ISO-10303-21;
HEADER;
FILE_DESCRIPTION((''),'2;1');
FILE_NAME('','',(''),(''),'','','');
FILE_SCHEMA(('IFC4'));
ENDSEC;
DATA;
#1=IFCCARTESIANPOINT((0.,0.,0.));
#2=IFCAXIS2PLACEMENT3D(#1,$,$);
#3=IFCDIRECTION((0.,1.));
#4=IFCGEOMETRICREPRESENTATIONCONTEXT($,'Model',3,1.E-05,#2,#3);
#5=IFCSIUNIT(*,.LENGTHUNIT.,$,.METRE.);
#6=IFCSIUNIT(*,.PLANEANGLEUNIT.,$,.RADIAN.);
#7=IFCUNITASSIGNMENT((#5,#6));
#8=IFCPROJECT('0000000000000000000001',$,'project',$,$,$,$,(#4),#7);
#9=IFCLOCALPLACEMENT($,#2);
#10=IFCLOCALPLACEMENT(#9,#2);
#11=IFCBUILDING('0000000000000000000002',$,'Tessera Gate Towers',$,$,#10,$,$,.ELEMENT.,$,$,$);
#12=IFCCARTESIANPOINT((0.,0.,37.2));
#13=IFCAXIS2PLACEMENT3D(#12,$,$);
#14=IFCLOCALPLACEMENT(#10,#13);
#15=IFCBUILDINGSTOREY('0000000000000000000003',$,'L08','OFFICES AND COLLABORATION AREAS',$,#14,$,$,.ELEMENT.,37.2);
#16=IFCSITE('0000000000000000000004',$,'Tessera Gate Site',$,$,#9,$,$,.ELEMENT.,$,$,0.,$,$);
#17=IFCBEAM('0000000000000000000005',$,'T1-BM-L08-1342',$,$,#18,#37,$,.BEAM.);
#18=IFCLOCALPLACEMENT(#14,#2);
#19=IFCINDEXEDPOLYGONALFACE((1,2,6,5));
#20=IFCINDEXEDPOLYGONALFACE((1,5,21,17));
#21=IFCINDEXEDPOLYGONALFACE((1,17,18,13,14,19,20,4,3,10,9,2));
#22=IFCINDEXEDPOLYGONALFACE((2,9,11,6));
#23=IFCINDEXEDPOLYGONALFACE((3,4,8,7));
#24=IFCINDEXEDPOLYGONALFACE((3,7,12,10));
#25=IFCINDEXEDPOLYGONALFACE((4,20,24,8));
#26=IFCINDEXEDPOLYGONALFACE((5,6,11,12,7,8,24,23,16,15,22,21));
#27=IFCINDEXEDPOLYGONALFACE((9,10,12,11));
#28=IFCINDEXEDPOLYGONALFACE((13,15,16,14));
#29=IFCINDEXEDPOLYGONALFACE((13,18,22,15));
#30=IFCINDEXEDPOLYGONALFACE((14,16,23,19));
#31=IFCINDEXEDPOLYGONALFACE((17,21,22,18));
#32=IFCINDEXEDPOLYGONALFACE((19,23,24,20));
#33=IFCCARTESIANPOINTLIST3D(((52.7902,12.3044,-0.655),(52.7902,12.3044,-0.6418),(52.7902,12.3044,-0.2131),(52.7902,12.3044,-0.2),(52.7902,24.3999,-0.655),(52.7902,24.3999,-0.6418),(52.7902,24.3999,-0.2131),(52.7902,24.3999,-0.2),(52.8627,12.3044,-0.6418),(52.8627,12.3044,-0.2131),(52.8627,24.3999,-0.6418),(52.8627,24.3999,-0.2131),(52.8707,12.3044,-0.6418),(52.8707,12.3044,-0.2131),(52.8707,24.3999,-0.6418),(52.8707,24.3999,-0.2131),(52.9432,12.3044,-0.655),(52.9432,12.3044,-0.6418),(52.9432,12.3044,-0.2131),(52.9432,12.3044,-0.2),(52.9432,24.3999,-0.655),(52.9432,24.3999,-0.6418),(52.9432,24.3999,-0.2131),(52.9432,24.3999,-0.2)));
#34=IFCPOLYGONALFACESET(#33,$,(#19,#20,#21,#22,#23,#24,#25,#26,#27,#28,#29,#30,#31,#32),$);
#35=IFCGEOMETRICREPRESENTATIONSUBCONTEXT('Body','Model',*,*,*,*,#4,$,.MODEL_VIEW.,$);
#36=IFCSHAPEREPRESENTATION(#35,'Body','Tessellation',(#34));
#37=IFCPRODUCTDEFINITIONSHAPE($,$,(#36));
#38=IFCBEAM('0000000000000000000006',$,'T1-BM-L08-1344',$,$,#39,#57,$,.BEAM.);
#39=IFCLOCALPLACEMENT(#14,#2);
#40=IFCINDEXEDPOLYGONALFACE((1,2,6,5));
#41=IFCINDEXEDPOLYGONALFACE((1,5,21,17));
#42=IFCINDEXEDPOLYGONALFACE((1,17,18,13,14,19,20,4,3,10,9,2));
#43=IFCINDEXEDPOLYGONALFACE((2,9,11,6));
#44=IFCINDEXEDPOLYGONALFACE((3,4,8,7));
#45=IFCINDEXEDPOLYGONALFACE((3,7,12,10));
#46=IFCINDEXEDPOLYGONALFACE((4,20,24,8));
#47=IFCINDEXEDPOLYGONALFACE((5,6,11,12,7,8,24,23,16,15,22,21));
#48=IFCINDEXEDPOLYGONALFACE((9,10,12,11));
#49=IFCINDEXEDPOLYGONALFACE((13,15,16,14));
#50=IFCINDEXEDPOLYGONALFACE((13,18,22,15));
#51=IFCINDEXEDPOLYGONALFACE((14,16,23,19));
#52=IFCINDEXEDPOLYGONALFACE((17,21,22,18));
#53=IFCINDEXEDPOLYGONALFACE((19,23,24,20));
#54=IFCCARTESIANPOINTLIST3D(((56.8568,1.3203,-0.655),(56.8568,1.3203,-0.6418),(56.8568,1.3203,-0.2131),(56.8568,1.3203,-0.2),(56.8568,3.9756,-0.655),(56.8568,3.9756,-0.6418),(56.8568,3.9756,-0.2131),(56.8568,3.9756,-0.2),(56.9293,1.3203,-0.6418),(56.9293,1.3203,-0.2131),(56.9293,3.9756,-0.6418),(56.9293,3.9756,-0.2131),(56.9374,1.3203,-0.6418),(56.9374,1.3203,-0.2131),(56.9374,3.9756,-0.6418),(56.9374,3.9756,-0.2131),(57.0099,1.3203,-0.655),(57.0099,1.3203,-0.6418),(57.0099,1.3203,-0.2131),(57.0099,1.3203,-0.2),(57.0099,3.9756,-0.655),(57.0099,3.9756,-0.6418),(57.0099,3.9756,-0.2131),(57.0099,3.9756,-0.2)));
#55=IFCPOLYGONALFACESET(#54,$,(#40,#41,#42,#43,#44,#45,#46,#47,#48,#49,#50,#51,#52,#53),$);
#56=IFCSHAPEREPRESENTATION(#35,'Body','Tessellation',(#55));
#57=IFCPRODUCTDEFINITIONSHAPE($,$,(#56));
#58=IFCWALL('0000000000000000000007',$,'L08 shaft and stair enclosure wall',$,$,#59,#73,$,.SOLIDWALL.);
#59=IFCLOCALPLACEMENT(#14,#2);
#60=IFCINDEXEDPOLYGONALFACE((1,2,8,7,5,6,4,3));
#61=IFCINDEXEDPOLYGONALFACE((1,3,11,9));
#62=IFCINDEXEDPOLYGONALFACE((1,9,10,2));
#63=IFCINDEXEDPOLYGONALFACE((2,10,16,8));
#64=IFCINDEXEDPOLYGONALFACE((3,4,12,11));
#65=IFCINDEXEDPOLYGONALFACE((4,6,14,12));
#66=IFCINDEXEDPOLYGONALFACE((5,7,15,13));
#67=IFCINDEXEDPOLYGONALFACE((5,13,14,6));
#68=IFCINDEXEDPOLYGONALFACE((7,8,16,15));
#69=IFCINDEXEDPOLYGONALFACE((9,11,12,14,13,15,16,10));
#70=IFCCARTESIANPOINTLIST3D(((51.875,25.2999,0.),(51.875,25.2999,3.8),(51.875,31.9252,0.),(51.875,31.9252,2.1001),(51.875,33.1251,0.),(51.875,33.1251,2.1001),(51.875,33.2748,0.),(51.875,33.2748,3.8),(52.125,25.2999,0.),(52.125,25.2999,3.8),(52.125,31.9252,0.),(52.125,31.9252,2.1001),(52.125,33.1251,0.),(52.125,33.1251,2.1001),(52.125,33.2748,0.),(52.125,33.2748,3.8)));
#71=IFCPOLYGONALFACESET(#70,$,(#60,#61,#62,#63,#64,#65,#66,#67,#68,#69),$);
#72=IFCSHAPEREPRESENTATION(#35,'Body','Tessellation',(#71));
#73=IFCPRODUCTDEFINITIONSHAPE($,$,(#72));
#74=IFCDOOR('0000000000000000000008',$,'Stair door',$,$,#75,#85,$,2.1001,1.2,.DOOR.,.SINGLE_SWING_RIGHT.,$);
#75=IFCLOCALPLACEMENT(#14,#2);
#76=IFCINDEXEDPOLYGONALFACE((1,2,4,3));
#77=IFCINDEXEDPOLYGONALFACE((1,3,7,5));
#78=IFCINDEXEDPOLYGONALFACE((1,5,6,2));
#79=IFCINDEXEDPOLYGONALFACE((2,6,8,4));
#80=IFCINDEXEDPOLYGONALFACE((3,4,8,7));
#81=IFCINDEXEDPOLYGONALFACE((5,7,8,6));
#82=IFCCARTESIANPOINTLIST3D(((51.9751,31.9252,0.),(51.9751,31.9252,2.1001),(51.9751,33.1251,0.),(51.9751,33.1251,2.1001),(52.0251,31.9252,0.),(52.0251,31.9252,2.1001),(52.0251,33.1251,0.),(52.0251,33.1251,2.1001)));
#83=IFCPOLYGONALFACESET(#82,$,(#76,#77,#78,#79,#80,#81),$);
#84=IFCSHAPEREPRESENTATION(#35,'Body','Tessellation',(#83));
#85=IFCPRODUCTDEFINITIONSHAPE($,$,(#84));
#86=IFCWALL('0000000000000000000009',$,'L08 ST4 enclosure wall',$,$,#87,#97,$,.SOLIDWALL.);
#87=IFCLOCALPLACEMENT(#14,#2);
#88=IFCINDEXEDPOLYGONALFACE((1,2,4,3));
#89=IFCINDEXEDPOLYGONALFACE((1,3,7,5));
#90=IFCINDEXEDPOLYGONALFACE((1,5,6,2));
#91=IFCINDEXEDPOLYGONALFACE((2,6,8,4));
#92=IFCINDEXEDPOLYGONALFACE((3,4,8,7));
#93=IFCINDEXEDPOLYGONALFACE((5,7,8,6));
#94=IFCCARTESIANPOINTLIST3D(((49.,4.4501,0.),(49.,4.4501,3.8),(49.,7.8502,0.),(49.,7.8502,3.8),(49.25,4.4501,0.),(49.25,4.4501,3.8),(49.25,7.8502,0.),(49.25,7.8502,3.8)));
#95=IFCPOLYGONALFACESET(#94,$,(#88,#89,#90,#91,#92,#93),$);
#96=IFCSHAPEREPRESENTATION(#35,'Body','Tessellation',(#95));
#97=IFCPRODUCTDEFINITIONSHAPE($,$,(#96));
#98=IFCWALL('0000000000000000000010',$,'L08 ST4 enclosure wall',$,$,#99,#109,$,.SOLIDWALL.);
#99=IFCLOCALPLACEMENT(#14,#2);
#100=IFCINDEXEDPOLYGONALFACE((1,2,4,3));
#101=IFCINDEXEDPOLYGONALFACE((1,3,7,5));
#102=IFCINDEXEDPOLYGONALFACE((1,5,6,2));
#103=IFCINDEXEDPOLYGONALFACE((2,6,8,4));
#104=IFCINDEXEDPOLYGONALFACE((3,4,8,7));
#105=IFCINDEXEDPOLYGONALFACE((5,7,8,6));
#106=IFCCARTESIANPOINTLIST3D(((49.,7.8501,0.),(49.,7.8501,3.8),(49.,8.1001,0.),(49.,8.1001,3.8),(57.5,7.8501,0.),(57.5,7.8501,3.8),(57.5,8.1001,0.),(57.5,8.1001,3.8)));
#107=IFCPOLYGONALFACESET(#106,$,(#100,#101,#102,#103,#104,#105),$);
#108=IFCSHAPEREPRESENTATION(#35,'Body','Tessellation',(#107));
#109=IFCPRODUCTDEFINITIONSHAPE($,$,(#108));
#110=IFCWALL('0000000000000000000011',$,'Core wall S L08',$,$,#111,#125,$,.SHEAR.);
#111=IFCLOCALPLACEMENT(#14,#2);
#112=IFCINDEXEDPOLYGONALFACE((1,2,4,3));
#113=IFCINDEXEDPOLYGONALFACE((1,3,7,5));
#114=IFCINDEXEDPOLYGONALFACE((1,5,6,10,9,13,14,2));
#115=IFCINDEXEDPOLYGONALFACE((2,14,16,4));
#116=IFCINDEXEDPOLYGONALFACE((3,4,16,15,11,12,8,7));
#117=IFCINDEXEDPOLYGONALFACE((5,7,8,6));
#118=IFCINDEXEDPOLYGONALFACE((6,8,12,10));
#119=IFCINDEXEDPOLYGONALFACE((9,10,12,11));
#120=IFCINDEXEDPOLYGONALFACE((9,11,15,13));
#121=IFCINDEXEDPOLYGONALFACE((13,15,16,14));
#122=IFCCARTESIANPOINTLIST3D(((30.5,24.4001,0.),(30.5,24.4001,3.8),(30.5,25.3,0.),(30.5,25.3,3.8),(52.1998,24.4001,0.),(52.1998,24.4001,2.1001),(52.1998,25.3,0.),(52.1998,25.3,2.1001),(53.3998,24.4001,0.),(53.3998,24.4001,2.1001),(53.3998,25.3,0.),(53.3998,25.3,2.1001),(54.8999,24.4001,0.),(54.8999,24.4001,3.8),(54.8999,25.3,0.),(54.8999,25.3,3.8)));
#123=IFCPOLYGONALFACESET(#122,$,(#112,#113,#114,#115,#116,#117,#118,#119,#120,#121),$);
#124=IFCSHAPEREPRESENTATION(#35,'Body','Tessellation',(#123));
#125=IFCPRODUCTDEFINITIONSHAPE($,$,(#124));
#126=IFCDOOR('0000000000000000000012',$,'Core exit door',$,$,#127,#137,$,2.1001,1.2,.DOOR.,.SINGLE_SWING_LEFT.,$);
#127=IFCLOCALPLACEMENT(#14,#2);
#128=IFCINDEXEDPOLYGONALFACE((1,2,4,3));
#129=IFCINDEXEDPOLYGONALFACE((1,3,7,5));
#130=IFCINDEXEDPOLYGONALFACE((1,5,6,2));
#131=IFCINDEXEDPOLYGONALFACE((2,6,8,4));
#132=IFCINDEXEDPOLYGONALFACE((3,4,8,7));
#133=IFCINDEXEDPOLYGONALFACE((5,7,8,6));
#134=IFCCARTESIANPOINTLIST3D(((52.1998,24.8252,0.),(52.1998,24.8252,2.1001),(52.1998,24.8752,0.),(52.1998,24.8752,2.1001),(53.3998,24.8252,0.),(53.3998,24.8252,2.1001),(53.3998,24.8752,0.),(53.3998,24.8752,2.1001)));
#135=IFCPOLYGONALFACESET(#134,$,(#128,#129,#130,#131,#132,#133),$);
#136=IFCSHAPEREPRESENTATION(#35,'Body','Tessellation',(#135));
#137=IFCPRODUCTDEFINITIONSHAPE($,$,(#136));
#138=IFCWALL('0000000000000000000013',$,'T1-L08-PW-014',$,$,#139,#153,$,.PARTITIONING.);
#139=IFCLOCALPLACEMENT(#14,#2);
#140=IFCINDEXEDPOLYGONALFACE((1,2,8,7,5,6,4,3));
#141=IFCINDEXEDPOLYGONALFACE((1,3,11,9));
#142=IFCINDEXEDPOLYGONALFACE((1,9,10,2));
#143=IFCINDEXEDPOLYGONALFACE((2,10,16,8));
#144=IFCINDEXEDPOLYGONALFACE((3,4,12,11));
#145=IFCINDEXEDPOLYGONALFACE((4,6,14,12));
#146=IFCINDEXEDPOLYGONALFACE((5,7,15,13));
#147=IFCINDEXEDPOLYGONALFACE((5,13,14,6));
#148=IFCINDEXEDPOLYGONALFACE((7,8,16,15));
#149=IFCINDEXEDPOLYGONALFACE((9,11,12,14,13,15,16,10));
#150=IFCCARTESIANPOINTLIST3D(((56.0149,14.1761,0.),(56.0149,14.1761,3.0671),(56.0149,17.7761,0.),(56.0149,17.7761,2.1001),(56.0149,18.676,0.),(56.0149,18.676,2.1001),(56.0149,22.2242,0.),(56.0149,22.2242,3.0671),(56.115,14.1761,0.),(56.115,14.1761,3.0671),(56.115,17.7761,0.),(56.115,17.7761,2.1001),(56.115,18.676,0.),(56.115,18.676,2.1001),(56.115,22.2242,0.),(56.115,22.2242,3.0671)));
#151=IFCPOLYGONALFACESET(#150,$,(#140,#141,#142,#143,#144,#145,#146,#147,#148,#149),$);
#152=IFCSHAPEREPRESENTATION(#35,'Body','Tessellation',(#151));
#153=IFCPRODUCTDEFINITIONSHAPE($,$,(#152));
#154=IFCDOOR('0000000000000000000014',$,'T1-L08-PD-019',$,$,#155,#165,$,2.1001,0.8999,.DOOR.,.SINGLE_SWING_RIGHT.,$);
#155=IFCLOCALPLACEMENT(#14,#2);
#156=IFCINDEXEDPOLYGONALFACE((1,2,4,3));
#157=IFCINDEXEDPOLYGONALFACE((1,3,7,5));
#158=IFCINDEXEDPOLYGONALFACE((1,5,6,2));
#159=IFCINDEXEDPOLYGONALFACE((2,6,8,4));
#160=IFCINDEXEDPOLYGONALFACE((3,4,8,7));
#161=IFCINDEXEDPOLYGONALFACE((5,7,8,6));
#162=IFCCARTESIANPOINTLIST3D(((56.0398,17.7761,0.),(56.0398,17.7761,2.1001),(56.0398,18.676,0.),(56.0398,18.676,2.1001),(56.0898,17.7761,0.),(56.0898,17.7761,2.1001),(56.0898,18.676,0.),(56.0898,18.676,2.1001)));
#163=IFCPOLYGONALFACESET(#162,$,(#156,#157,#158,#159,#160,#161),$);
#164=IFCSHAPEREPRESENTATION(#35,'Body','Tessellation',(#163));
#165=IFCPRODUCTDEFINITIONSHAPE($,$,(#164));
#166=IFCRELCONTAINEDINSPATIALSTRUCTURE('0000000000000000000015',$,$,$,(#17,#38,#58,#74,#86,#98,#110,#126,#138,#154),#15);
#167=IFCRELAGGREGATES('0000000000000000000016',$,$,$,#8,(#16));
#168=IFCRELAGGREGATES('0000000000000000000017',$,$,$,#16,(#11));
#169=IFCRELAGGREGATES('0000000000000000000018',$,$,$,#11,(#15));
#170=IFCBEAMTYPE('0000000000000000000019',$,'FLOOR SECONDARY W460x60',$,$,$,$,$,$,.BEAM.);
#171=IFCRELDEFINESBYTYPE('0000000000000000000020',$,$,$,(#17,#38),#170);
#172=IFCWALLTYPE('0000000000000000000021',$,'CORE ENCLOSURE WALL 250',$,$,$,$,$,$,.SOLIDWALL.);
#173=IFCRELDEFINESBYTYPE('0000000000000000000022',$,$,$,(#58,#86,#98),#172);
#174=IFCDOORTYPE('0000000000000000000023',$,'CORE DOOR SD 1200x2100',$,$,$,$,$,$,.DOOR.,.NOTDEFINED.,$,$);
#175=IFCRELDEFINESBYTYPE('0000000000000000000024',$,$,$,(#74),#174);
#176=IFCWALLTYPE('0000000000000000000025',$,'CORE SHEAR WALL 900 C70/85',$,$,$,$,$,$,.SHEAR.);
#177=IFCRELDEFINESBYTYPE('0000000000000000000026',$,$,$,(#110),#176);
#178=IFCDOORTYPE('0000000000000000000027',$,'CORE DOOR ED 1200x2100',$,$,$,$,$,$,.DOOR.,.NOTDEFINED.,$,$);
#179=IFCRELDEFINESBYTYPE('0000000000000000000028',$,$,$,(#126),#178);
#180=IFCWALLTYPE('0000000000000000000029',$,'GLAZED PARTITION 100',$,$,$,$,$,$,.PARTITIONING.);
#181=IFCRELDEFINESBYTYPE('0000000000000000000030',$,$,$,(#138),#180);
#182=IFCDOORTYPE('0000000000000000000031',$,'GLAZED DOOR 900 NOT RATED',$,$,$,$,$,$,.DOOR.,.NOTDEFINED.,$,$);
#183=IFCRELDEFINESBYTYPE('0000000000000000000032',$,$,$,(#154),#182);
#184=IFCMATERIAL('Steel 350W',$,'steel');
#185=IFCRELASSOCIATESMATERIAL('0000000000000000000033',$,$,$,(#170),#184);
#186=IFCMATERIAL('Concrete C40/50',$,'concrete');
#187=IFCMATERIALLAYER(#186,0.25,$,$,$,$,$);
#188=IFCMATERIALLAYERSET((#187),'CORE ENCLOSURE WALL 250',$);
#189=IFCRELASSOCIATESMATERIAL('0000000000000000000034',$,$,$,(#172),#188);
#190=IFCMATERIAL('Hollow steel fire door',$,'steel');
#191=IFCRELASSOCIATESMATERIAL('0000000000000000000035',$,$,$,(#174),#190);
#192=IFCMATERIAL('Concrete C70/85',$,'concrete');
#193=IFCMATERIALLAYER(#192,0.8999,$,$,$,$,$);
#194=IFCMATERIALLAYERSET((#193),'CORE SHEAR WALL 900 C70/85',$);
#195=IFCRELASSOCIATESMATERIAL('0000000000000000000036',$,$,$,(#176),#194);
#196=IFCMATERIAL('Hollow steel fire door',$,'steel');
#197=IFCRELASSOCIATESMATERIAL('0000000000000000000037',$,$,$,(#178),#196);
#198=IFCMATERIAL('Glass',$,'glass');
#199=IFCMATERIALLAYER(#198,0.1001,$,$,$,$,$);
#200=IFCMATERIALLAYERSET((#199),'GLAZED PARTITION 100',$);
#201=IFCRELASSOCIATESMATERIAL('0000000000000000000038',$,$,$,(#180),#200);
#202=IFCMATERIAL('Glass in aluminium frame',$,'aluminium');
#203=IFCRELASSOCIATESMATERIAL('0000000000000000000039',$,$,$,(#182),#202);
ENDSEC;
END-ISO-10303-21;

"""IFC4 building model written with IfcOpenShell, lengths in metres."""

from ifc_helpers import new_model, si_unit, direction, frame, frame_2d, origin, origin_2d, place, context, subcontext, project, spatial, rectangle, i_section, extrude, source, transform, mapped, material, layer, layer_set, material_profile, profile_set, type_object, element, fill, save


model = new_model("IFC4")

# Units and contexts
model_context = context("Model", 3, precision=1e-05, world=origin(), true_north=direction((0.0, 1.0)))
body_context = subcontext(model_context, "Body", "Model", "MODEL_VIEW")
ifc_project = project(units=[si_unit("LENGTHUNIT", "METRE"), si_unit("PLANEANGLEUNIT", "RADIAN")], contexts=[model_context])

# Site, building, storey
site_placement = place(None, origin())
site = spatial("IfcSite", under=ifc_project, at=site_placement, Name="Tessera Gate Site", CompositionType="ELEMENT", RefElevation=0.0)
building_placement = place(site_placement, origin())
building = spatial("IfcBuilding", under=site, at=building_placement, Name="Tessera Gate Towers", CompositionType="ELEMENT")
storey_placement = place(building_placement, frame((0.0, 0.0, 37.2)))
storey = spatial("IfcBuildingStorey", under=building, at=storey_placement, Name="L08", Description="OFFICES AND COLLABORATION AREAS", CompositionType="ELEMENT", Elevation=37.2)

# Beams
ifc_material_1 = material(Name="Steel 350W", Category="steel")
ifc_material_profile_1 = material_profile(ifc_material_1, i_section(OverallWidth=0.1531, OverallDepth=0.4551, WebThickness=0.0081, FlangeThickness=0.0132, at=origin_2d()), Name="W460x60")
ifc_profile_set_1 = profile_set([ifc_material_profile_1], Name="Steel 350W")
beam_type_1 = type_object("IfcBeamType", Name="FLOOR SECONDARY W460x60", PredefinedType="BEAM", material=ifc_profile_set_1)
beam_1_placement = place(storey_placement, frame((52.8667, 12.3044, -0.4275), z_axis=(0.0, 1.0, 0.0), x_axis=(-1.0, 0.0, 0.0)))
element("IfcBeam", 1, at=beam_1_placement, inside=storey, type_object=beam_type_1, Name="T1-BM-L08-1342", PredefinedType="BEAM", context=body_context, shape_type="SweptSolid", body=[
    extrude(i_section(OverallWidth=0.1531, OverallDepth=0.4551, WebThickness=0.0081, FlangeThickness=0.0132, at=origin_2d()), origin(), (0.0, 0.0, 1.0), 12.0955),
])
beam_2_placement = place(storey_placement, frame((56.9333, 1.3203, -0.4275), z_axis=(0.0, 1.0, 0.0), x_axis=(-1.0, 0.0, 0.0)))
element("IfcBeam", 2, at=beam_2_placement, inside=storey, type_object=beam_type_1, Name="T1-BM-L08-1344", PredefinedType="BEAM", context=body_context, shape_type="SweptSolid", body=[
    extrude(i_section(OverallWidth=0.1531, OverallDepth=0.4551, WebThickness=0.0081, FlangeThickness=0.0132, at=origin_2d()), origin(), (0.0, 0.0, 1.0), 2.6553),
])

# Wall, opening, door
ifc_material_2 = material(Name="Concrete C40/50", Category="concrete")
ifc_layer_1 = layer(ifc_material_2, 0.25)
ifc_layer_set_1 = layer_set([ifc_layer_1], Name="CORE ENCLOSURE WALL 250")
wall_type_1 = type_object("IfcWallType", Name="CORE ENCLOSURE WALL 250", PredefinedType="SOLIDWALL", material=ifc_layer_set_1)
wall_1_placement = place(storey_placement, frame((52.0, 25.3, 0.0), z_axis=(0.0, 0.0, 1.0), x_axis=(0.0, 1.0, 0.0)))
wall_1 = element("IfcWall", 3, at=wall_1_placement, inside=storey, type_object=wall_type_1, Name="L08 shaft and stair enclosure wall", PredefinedType="SOLIDWALL", context=body_context, shape_type="SweptSolid", body=[
    extrude(rectangle(XDim=7.9749, YDim=0.25, at=frame_2d((3.9873, 0.0))), origin(), (0.0, 0.0, 1.0), 3.8),
])
shared_shape_1 = source(origin(), body_context, "Body", "SweptSolid", [
    extrude(rectangle(XDim=1.2, YDim=2.1001, at=frame_2d((0.6001, 1.05))), frame((0.0, 0.135, 0.0), z_axis=(0.0, -1.0, 0.0), x_axis=(1.0, 0.0, 0.0)), (0.0, 0.0, 1.0), 0.27),
])
opening_1_placement = place(wall_1_placement, frame((6.625, 0.0, 0.0)))
opening_1 = element("IfcOpeningElement", 4, at=opening_1_placement, cuts=wall_1, PredefinedType="OPENING", context=body_context, shape_type="MappedRepresentation", body=[
    mapped(shared_shape_1, transform((0.0, 0.0, 0.0), scale=1.0)),
])
ifc_material_3 = material(Name="Hollow steel fire door", Category="steel")
door_type_1 = type_object("IfcDoorType", Name="CORE DOOR SD 1200x2100", OperationType="NOTDEFINED", PredefinedType="DOOR", material=ifc_material_3)
shared_shape_2 = source(origin(), body_context, "Body", "SweptSolid", [
    extrude(rectangle(XDim=1.2, YDim=2.1001, at=frame_2d((0.6001, 1.05))), frame((0.0, 0.0249, 0.0), z_axis=(0.0, -1.0, 0.0), x_axis=(1.0, 0.0, 0.0)), (0.0, 0.0, 1.0), 0.05),
])
door_1_placement = place(opening_1_placement, origin())
door_1 = element("IfcDoor", 5, at=door_1_placement, inside=storey, type_object=door_type_1, Name="Stair door", OperationType="SINGLE_SWING_RIGHT", OverallHeight=2.1001, OverallWidth=1.2, PredefinedType="DOOR", context=body_context, shape_type="MappedRepresentation", body=[
    mapped(shared_shape_2, transform((0.0, 0.0, 0.0), scale=1.0)),
])
fill(opening_1, door_1)

# Walls
wall_2_placement = place(storey_placement, frame((49.125, 4.45, 0.0), z_axis=(0.0, 0.0, 1.0), x_axis=(0.0, 1.0, 0.0)))
element("IfcWall", 6, at=wall_2_placement, inside=storey, type_object=wall_type_1, Name="L08 ST4 enclosure wall", PredefinedType="SOLIDWALL", context=body_context, shape_type="SweptSolid", body=[
    extrude(rectangle(XDim=3.4001, YDim=0.25, at=frame_2d((1.7002, 0.0))), origin(), (0.0, 0.0, 1.0), 3.8),
])
wall_3_placement = place(storey_placement, frame((49.0, 7.9751, 0.0), z_axis=(0.0, 0.0, 1.0), x_axis=(1.0, 0.0, 0.0)))
element("IfcWall", 7, at=wall_3_placement, inside=storey, type_object=wall_type_1, Name="L08 ST4 enclosure wall", PredefinedType="SOLIDWALL", context=body_context, shape_type="SweptSolid", body=[
    extrude(rectangle(XDim=8.5, YDim=0.25, at=frame_2d((4.25, 0.0))), origin(), (0.0, 0.0, 1.0), 3.8),
])

# Walls, openings, doors
ifc_material_4 = material(Name="Concrete C70/85", Category="concrete")
ifc_layer_2 = layer(ifc_material_4, 0.8999)
ifc_layer_set_2 = layer_set([ifc_layer_2], Name="CORE SHEAR WALL 900 C70/85")
wall_type_2 = type_object("IfcWallType", Name="CORE SHEAR WALL 900 C70/85", PredefinedType="SHEAR", material=ifc_layer_set_2)
wall_4_placement = place(storey_placement, frame((54.8999, 24.8501, 0.0), z_axis=(0.0, 0.0, 1.0), x_axis=(-1.0, 0.0, 0.0)))
wall_4 = element("IfcWall", 8, at=wall_4_placement, inside=storey, type_object=wall_type_2, Name="Core wall S L08", PredefinedType="SHEAR", context=body_context, shape_type="SweptSolid", body=[
    extrude(rectangle(XDim=24.3999, YDim=0.8999, at=frame_2d((12.2, 0.0))), origin(), (0.0, 0.0, 1.0), 3.8),
])
shared_shape_3 = source(origin(), body_context, "Body", "SweptSolid", [
    extrude(rectangle(XDim=1.2, YDim=2.1001, at=frame_2d((0.6001, 1.05))), frame((0.0, 0.46, 0.0), z_axis=(0.0, -1.0, 0.0), x_axis=(1.0, 0.0, 0.0)), (0.0, 0.0, 1.0), 0.9199),
])
opening_2_placement = place(wall_4_placement, frame((1.5, 0.0, 0.0)))
opening_2 = element("IfcOpeningElement", 9, at=opening_2_placement, cuts=wall_4, PredefinedType="OPENING", context=body_context, shape_type="MappedRepresentation", body=[
    mapped(shared_shape_3, transform((0.0, 0.0, 0.0), scale=1.0)),
])
ifc_material_5 = material(Name="Hollow steel fire door", Category="steel")
door_type_2 = type_object("IfcDoorType", Name="CORE DOOR ED 1200x2100", OperationType="NOTDEFINED", PredefinedType="DOOR", material=ifc_material_5)
door_2_placement = place(opening_2_placement, origin())
door_2 = element("IfcDoor", 10, at=door_2_placement, inside=storey, type_object=door_type_2, Name="Core exit door", OperationType="SINGLE_SWING_LEFT", OverallHeight=2.1001, OverallWidth=1.2, PredefinedType="DOOR", context=body_context, shape_type="MappedRepresentation", body=[
    mapped(shared_shape_2, transform((0.0, 0.0, 0.0), scale=1.0)),
])
fill(opening_2, door_2)
ifc_material_6 = material(Name="Glass", Category="glass")
ifc_layer_3 = layer(ifc_material_6, 0.1001)
ifc_layer_set_3 = layer_set([ifc_layer_3], Name="GLAZED PARTITION 100")
wall_type_3 = type_object("IfcWallType", Name="GLAZED PARTITION 100", PredefinedType="PARTITIONING", material=ifc_layer_set_3)
wall_5_placement = place(storey_placement, frame((56.0649, 22.2241, 0.0), z_axis=(0.0, 0.0, 1.0), x_axis=(0.0, -1.0, 0.0)))
wall_5 = element("IfcWall", 11, at=wall_5_placement, inside=storey, type_object=wall_type_3, Name="T1-L08-PW-014", PredefinedType="PARTITIONING", context=body_context, shape_type="SweptSolid", body=[
    extrude(rectangle(XDim=8.0481, YDim=0.1001, at=frame_2d((4.0239, 0.0))), origin(), (0.0, 0.0, 1.0), 3.0671),
])
shared_shape_4 = source(origin(), body_context, "Body", "SweptSolid", [
    extrude(rectangle(XDim=0.8999, YDim=2.1001, at=frame_2d((0.45, 1.05))), frame((0.0, 0.0601, 0.0), z_axis=(0.0, -1.0, 0.0), x_axis=(1.0, 0.0, 0.0)), (0.0, 0.0, 1.0), 0.1201),
])
opening_3_placement = place(wall_5_placement, frame((3.5481, 0.0, 0.0)))
opening_3 = element("IfcOpeningElement", 12, at=opening_3_placement, cuts=wall_5, PredefinedType="OPENING", context=body_context, shape_type="MappedRepresentation", body=[
    mapped(shared_shape_4, transform((0.0, 0.0, 0.0), scale=1.0)),
])
ifc_material_7 = material(Name="Glass in aluminium frame", Category="aluminium")
door_type_3 = type_object("IfcDoorType", Name="GLAZED DOOR 900 NOT RATED", OperationType="NOTDEFINED", PredefinedType="DOOR", material=ifc_material_7)
shared_shape_5 = source(origin(), body_context, "Body", "SweptSolid", [
    extrude(rectangle(XDim=0.8999, YDim=2.1001, at=frame_2d((0.45, 1.05))), frame((0.0, 0.0249, 0.0), z_axis=(0.0, -1.0, 0.0), x_axis=(1.0, 0.0, 0.0)), (0.0, 0.0, 1.0), 0.05),
])
door_3_placement = place(opening_3_placement, origin())
door_3 = element("IfcDoor", 13, at=door_3_placement, inside=storey, type_object=door_type_3, Name="T1-L08-PD-019", OperationType="SINGLE_SWING_RIGHT", OverallHeight=2.1001, OverallWidth=0.8999, PredefinedType="DOOR", context=body_context, shape_type="MappedRepresentation", body=[
    mapped(shared_shape_5, transform((0.0, 0.0, 0.0), scale=1.0)),
])
fill(opening_3, door_3)

save(model, "model.ifc")
